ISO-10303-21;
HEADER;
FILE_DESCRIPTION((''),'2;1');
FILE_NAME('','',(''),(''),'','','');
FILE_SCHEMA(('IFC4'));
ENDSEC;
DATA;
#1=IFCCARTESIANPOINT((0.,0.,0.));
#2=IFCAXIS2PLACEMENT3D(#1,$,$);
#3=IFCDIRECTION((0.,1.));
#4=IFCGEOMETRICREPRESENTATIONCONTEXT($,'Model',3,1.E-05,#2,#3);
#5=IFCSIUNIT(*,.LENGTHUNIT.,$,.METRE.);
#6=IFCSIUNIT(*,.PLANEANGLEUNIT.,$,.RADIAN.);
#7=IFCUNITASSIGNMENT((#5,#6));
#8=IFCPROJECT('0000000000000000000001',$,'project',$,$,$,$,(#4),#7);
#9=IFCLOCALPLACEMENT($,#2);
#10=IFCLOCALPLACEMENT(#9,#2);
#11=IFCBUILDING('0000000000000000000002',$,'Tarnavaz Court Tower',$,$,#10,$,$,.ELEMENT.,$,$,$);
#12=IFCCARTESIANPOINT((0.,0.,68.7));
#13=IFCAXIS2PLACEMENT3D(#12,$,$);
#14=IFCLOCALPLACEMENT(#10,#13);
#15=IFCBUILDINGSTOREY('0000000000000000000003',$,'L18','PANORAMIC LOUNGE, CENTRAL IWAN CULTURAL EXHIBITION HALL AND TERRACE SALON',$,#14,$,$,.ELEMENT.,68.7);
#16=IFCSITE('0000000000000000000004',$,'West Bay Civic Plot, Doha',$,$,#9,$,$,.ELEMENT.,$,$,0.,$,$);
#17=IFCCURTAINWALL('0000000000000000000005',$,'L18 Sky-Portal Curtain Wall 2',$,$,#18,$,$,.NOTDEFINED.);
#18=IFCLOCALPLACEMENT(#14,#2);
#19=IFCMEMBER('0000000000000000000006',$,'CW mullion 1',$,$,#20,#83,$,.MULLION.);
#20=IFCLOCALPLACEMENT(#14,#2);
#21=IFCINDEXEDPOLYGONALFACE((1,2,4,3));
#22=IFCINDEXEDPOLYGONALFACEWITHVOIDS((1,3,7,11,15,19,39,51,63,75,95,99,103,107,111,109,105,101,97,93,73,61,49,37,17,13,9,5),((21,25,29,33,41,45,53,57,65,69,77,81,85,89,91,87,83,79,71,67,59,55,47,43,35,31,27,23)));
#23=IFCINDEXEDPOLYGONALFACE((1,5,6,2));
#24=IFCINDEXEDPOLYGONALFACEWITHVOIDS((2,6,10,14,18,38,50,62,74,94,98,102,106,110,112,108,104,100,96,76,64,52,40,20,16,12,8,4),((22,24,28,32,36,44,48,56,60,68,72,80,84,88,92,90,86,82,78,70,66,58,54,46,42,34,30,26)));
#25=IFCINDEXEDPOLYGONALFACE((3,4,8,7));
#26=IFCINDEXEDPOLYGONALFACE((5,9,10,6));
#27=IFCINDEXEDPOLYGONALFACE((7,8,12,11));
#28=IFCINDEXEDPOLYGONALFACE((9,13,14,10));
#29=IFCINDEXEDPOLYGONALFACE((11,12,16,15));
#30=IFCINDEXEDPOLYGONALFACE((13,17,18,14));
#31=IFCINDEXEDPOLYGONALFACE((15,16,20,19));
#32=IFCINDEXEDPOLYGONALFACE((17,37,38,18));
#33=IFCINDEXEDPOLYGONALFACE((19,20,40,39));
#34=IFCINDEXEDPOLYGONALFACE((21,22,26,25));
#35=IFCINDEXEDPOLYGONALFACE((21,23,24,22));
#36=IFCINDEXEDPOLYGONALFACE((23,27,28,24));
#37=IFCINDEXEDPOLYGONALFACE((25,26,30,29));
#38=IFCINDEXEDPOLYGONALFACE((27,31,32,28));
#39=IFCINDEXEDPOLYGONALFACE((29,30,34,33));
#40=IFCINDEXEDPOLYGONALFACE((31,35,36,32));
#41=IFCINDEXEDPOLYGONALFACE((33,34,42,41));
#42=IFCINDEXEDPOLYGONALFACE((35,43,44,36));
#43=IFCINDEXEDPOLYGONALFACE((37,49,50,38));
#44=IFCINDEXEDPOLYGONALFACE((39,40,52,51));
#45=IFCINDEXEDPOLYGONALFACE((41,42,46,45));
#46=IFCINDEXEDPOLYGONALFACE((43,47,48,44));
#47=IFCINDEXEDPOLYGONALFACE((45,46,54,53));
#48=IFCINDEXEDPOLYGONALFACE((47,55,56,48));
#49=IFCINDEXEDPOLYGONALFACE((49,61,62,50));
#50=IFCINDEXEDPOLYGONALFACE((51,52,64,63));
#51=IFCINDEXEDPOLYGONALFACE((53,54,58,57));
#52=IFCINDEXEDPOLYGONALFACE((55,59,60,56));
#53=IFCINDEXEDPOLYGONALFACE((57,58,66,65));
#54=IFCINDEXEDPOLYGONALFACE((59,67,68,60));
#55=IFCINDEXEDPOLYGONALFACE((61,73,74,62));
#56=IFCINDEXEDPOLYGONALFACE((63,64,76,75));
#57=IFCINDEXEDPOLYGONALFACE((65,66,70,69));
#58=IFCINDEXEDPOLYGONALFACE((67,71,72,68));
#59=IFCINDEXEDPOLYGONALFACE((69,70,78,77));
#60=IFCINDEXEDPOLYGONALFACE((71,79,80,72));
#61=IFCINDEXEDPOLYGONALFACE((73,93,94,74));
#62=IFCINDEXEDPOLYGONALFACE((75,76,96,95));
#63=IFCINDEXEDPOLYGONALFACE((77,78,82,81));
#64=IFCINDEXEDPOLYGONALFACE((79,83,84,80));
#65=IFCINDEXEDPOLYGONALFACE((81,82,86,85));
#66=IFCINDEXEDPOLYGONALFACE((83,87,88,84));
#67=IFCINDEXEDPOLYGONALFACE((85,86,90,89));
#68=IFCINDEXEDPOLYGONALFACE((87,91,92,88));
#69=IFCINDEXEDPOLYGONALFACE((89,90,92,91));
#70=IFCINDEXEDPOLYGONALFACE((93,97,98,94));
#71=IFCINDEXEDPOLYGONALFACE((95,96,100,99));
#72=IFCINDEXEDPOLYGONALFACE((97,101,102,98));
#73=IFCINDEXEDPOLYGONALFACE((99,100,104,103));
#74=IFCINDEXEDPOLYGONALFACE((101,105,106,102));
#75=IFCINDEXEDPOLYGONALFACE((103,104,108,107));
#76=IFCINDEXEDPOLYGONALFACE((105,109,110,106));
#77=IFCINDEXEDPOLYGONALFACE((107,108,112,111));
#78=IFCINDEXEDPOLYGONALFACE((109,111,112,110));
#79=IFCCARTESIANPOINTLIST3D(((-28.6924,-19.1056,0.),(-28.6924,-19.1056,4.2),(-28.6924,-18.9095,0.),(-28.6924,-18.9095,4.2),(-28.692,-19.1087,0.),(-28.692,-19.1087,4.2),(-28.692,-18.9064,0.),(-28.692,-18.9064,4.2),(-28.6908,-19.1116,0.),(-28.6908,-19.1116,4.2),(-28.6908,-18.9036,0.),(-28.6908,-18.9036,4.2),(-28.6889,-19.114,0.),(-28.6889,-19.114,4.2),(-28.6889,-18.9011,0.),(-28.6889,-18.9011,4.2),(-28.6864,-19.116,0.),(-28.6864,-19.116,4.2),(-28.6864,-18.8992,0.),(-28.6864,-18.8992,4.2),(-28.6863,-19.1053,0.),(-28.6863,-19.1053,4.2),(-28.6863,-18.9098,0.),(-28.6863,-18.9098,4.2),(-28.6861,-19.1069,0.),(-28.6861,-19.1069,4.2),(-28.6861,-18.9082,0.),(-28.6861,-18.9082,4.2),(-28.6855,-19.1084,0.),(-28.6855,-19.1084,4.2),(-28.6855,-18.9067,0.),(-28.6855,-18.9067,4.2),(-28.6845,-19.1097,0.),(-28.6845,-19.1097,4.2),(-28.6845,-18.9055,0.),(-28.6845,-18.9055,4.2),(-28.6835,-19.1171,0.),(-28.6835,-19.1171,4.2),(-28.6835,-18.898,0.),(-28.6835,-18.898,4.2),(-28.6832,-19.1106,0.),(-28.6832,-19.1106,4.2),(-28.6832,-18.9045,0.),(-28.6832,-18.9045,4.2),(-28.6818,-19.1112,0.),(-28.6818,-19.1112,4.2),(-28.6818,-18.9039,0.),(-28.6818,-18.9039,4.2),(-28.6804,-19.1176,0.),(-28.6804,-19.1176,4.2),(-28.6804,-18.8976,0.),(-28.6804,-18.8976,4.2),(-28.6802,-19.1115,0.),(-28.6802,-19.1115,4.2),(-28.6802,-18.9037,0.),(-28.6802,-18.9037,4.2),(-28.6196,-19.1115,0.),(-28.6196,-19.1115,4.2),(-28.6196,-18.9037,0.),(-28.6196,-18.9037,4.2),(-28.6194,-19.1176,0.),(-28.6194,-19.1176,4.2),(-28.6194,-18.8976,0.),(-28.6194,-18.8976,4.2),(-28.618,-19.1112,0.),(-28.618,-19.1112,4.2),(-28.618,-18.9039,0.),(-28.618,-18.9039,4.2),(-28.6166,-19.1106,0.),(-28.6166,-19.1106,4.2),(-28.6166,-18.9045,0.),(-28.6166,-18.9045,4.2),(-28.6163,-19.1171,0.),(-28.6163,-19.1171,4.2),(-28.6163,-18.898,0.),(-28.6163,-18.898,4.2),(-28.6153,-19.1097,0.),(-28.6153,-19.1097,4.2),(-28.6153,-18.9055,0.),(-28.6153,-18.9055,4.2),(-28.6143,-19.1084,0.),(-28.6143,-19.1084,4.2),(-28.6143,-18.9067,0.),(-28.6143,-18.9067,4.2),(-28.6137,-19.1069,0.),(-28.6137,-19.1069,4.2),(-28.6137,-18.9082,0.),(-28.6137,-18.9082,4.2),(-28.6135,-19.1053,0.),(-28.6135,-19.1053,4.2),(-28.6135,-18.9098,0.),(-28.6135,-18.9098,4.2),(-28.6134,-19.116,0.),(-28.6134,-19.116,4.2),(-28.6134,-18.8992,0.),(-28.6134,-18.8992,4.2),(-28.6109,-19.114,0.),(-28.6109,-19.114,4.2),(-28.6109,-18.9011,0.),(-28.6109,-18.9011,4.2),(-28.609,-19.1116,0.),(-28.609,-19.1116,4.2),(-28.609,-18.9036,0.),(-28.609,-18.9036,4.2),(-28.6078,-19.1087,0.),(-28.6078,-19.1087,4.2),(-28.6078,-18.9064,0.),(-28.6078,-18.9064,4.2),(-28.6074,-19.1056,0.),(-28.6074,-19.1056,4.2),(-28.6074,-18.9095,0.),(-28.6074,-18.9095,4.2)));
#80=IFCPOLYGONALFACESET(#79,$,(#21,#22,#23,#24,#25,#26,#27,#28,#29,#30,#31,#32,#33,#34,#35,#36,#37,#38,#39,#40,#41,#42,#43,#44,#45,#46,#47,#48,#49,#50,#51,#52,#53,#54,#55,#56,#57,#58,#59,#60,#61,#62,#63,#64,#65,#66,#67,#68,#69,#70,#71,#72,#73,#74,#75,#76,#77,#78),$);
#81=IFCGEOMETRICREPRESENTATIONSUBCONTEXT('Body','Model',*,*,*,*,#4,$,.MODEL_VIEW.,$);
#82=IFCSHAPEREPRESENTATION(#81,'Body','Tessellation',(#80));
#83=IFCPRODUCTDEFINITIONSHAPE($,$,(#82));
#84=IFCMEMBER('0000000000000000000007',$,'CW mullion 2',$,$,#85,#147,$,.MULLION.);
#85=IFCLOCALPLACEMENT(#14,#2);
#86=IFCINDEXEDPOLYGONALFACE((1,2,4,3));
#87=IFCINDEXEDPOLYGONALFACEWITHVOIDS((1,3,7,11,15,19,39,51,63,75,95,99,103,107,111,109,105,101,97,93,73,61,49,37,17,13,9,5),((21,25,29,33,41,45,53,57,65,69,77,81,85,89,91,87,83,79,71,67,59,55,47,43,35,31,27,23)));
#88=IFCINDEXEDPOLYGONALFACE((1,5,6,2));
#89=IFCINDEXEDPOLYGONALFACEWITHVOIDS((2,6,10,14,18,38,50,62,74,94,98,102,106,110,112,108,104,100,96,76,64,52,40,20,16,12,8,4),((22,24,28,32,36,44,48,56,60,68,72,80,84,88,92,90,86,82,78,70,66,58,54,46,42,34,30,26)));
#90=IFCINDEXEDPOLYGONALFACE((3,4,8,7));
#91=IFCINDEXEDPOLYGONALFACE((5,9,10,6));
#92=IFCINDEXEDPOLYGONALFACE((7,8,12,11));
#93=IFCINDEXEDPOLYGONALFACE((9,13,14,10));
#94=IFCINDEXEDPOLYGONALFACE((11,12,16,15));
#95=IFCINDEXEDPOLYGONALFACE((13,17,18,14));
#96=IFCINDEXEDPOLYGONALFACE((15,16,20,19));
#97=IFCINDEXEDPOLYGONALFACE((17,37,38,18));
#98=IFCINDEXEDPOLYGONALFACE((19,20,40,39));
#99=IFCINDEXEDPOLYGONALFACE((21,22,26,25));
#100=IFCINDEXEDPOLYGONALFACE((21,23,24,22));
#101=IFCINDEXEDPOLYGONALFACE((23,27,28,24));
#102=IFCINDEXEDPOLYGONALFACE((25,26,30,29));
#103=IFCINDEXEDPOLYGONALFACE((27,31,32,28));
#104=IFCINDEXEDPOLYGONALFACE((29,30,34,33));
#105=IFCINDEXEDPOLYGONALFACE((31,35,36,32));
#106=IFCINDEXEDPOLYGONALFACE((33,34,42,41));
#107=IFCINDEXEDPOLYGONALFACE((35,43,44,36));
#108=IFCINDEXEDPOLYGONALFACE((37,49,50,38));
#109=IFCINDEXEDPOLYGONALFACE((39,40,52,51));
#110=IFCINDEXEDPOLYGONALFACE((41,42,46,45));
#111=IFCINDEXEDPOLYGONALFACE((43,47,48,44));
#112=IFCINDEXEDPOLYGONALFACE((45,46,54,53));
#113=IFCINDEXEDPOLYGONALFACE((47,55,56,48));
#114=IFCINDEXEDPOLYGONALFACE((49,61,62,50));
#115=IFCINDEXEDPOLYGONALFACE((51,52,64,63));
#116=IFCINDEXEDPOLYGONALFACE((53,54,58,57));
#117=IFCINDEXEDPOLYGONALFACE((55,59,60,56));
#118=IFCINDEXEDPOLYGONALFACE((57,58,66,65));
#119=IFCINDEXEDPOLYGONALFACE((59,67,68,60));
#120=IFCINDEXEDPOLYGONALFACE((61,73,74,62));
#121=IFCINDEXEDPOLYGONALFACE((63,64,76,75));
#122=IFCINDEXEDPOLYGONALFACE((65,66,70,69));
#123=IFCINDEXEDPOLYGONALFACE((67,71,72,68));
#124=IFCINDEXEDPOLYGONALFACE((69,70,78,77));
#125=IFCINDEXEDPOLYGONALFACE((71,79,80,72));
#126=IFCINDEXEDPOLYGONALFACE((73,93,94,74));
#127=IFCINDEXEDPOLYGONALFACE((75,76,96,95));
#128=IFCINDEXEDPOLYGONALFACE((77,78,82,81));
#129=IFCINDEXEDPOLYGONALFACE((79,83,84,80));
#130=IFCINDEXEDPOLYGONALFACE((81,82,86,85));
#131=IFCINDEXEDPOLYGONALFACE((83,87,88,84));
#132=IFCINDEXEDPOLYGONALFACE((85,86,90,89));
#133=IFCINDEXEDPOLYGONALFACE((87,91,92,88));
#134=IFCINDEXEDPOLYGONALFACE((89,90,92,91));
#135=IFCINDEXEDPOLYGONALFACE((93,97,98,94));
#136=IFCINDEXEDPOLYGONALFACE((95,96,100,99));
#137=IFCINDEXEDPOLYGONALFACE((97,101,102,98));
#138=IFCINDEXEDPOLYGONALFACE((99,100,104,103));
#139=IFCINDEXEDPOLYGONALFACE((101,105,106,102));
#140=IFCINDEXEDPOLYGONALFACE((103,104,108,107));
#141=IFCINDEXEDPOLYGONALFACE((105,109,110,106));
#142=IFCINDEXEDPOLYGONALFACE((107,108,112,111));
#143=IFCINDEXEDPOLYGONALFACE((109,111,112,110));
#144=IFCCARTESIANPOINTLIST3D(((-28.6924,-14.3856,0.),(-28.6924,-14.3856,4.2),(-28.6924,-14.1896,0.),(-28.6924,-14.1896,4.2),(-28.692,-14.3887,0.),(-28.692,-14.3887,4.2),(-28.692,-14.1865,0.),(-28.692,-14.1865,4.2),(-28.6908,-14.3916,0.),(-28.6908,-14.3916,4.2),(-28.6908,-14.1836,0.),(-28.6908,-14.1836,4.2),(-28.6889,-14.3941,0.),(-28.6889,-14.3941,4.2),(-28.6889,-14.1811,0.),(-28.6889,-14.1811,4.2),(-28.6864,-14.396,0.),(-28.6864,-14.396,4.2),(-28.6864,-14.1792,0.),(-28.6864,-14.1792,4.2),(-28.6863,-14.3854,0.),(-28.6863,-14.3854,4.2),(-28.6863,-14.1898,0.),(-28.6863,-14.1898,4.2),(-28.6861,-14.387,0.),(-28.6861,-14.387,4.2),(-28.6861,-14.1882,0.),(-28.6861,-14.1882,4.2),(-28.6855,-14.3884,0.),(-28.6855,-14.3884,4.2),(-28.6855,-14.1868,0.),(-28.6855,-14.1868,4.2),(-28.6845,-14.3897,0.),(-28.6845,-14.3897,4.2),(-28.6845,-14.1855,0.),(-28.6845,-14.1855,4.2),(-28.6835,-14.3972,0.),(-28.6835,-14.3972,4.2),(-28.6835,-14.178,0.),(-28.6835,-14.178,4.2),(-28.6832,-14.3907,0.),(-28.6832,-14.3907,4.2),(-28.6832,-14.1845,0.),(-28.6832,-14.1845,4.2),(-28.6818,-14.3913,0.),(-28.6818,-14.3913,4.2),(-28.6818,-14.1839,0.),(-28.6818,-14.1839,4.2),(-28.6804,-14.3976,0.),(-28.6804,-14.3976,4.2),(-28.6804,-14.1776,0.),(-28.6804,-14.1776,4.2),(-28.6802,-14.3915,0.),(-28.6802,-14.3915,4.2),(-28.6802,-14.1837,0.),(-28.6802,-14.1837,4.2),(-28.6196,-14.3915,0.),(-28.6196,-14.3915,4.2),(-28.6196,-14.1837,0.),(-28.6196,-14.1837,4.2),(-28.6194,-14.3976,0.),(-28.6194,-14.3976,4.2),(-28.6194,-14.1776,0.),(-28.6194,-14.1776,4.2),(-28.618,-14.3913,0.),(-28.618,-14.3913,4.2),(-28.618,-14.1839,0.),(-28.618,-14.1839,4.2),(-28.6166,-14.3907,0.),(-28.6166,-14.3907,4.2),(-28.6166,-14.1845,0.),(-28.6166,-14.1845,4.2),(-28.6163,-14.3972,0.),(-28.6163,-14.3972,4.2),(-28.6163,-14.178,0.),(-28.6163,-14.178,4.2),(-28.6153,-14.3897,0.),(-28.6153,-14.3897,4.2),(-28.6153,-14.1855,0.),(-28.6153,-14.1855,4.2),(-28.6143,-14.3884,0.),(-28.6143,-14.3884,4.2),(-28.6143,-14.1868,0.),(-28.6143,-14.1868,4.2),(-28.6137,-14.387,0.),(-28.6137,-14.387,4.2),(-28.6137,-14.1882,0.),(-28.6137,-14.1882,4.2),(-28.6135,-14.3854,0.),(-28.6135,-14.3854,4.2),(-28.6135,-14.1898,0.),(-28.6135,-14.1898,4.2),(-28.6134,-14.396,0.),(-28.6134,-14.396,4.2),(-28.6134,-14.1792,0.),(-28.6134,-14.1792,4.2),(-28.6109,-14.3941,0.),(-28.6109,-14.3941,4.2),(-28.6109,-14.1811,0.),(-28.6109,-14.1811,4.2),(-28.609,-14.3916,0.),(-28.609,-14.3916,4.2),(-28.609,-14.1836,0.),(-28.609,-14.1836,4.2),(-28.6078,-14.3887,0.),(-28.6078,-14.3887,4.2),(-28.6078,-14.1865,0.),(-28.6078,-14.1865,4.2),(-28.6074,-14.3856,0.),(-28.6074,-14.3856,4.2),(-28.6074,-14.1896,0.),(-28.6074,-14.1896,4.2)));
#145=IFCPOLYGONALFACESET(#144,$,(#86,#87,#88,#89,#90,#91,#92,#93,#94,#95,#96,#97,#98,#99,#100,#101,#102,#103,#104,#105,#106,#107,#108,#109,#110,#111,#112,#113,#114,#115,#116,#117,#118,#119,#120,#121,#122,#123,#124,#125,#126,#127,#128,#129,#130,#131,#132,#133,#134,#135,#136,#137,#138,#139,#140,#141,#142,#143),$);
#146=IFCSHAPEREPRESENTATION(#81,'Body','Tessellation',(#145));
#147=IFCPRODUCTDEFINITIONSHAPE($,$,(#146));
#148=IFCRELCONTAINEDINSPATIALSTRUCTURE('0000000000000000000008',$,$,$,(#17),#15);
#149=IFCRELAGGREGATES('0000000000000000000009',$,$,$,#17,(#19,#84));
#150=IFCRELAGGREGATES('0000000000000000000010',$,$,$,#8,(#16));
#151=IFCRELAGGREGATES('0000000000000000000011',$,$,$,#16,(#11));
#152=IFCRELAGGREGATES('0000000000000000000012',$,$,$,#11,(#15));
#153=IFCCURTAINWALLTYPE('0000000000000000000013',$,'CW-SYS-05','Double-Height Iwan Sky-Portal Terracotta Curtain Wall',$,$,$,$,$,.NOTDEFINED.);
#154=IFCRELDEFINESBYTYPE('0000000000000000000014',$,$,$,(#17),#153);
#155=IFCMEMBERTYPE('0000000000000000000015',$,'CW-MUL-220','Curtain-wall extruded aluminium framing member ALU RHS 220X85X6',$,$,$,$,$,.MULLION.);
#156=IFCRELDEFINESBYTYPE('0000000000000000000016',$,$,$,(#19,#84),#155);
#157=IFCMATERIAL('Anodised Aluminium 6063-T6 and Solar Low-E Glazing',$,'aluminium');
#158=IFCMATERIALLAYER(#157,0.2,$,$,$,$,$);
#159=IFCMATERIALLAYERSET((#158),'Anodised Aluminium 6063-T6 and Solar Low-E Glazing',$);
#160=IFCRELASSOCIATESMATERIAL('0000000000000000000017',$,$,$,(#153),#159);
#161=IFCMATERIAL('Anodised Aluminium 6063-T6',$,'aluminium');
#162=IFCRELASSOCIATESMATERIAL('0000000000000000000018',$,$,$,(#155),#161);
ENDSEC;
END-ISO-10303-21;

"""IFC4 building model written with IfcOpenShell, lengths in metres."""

from ifc_helpers import new_model, si_unit, direction, frame, origin, origin_2d, place, context, subcontext, project, spatial, hollow_rectangle, extrude, material, layer, layer_set, material_profile, profile_set, type_object, element, aggregate, save


model = new_model("IFC4")

# Units and contexts
model_context = context("Model", 3, precision=1e-05, world=origin(), true_north=direction((0.0, 1.0)))
body_context = subcontext(model_context, "Body", "Model", "MODEL_VIEW")
ifc_project = project(units=[si_unit("LENGTHUNIT", "METRE"), si_unit("PLANEANGLEUNIT", "RADIAN")], contexts=[model_context])

# Site, building, storey
site_placement = place(None, origin())
site = spatial("IfcSite", under=ifc_project, at=site_placement, Name="West Bay Civic Plot, Doha", CompositionType="ELEMENT", RefElevation=0.0)
building_placement = place(site_placement, origin())
building = spatial("IfcBuilding", under=site, at=building_placement, Name="Tarnavaz Court Tower", CompositionType="ELEMENT")
storey_placement = place(building_placement, frame((0.0, 0.0, 68.7)))
storey = spatial("IfcBuildingStorey", under=building, at=storey_placement, Name="L18", Description="PANORAMIC LOUNGE, CENTRAL IWAN CULTURAL EXHIBITION HALL AND TERRACE SALON", CompositionType="ELEMENT", Elevation=68.7)

# Curtain wall, members
ifc_material_1 = material(Name="Anodised Aluminium 6063-T6 and Solar Low-E Glazing", Category="aluminium")
ifc_layer_1 = layer(ifc_material_1, 0.2)
ifc_layer_set_1 = layer_set([ifc_layer_1], Name="Anodised Aluminium 6063-T6 and Solar Low-E Glazing")
curtain_wall_type = type_object("IfcCurtainWallType", Name="CW-SYS-05", Description="Double-Height Iwan Sky-Portal Terracotta Curtain Wall", PredefinedType="NOTDEFINED", material=ifc_layer_set_1)
curtain_wall_placement = place(storey_placement, origin())
curtain_wall = element("IfcCurtainWall", 1, at=curtain_wall_placement, inside=storey, type_object=curtain_wall_type, Name="L18 Sky-Portal Curtain Wall 2", PredefinedType="NOTDEFINED")
ifc_material_2 = material(Name="Anodised Aluminium 6063-T6", Category="aluminium")
ifc_material_profile_1 = material_profile(ifc_material_2, hollow_rectangle(XDim=0.085, YDim=0.22, WallThickness=0.0061, InnerFilletRadius=0.0061, OuterFilletRadius=0.012, at=origin_2d()), Name="ALU RHS 220X85X6")
ifc_profile_set_1 = profile_set([ifc_material_profile_1], Name="Anodised Aluminium 6063-T6")
member_type_1 = type_object("IfcMemberType", Name="CW-MUL-220", Description="Curtain-wall extruded aluminium framing member ALU RHS 220X85X6", PredefinedType="MULLION", material=ifc_profile_set_1)
member_1_placement = place(storey_placement, frame((-28.6499, -19.0076, 0.0), z_axis=(0.0, 0.0, 1.0), x_axis=(-1.0, 0.0, 0.0)))
member_1 = element("IfcMember", 2, at=member_1_placement, type_object=member_type_1, Name="CW mullion 1", PredefinedType="MULLION", context=body_context, shape_type="SweptSolid", body=[
    extrude(hollow_rectangle(XDim=0.085, YDim=0.22, WallThickness=0.0061, InnerFilletRadius=0.0061, OuterFilletRadius=0.012, at=origin_2d()), origin(), (0.0, 0.0, 1.0), 4.2),
])
member_2_placement = place(storey_placement, frame((-28.6499, -14.2876, 0.0), z_axis=(0.0, 0.0, 1.0), x_axis=(-1.0, 0.0, 0.0)))
member_2 = element("IfcMember", 3, at=member_2_placement, type_object=member_type_1, Name="CW mullion 2", PredefinedType="MULLION", context=body_context, shape_type="SweptSolid", body=[
    extrude(hollow_rectangle(XDim=0.085, YDim=0.22, WallThickness=0.0061, InnerFilletRadius=0.0061, OuterFilletRadius=0.012, at=origin_2d()), origin(), (0.0, 0.0, 1.0), 4.2),
])
aggregate(curtain_wall, [member_1, member_2])

save(model, "model.ifc")
